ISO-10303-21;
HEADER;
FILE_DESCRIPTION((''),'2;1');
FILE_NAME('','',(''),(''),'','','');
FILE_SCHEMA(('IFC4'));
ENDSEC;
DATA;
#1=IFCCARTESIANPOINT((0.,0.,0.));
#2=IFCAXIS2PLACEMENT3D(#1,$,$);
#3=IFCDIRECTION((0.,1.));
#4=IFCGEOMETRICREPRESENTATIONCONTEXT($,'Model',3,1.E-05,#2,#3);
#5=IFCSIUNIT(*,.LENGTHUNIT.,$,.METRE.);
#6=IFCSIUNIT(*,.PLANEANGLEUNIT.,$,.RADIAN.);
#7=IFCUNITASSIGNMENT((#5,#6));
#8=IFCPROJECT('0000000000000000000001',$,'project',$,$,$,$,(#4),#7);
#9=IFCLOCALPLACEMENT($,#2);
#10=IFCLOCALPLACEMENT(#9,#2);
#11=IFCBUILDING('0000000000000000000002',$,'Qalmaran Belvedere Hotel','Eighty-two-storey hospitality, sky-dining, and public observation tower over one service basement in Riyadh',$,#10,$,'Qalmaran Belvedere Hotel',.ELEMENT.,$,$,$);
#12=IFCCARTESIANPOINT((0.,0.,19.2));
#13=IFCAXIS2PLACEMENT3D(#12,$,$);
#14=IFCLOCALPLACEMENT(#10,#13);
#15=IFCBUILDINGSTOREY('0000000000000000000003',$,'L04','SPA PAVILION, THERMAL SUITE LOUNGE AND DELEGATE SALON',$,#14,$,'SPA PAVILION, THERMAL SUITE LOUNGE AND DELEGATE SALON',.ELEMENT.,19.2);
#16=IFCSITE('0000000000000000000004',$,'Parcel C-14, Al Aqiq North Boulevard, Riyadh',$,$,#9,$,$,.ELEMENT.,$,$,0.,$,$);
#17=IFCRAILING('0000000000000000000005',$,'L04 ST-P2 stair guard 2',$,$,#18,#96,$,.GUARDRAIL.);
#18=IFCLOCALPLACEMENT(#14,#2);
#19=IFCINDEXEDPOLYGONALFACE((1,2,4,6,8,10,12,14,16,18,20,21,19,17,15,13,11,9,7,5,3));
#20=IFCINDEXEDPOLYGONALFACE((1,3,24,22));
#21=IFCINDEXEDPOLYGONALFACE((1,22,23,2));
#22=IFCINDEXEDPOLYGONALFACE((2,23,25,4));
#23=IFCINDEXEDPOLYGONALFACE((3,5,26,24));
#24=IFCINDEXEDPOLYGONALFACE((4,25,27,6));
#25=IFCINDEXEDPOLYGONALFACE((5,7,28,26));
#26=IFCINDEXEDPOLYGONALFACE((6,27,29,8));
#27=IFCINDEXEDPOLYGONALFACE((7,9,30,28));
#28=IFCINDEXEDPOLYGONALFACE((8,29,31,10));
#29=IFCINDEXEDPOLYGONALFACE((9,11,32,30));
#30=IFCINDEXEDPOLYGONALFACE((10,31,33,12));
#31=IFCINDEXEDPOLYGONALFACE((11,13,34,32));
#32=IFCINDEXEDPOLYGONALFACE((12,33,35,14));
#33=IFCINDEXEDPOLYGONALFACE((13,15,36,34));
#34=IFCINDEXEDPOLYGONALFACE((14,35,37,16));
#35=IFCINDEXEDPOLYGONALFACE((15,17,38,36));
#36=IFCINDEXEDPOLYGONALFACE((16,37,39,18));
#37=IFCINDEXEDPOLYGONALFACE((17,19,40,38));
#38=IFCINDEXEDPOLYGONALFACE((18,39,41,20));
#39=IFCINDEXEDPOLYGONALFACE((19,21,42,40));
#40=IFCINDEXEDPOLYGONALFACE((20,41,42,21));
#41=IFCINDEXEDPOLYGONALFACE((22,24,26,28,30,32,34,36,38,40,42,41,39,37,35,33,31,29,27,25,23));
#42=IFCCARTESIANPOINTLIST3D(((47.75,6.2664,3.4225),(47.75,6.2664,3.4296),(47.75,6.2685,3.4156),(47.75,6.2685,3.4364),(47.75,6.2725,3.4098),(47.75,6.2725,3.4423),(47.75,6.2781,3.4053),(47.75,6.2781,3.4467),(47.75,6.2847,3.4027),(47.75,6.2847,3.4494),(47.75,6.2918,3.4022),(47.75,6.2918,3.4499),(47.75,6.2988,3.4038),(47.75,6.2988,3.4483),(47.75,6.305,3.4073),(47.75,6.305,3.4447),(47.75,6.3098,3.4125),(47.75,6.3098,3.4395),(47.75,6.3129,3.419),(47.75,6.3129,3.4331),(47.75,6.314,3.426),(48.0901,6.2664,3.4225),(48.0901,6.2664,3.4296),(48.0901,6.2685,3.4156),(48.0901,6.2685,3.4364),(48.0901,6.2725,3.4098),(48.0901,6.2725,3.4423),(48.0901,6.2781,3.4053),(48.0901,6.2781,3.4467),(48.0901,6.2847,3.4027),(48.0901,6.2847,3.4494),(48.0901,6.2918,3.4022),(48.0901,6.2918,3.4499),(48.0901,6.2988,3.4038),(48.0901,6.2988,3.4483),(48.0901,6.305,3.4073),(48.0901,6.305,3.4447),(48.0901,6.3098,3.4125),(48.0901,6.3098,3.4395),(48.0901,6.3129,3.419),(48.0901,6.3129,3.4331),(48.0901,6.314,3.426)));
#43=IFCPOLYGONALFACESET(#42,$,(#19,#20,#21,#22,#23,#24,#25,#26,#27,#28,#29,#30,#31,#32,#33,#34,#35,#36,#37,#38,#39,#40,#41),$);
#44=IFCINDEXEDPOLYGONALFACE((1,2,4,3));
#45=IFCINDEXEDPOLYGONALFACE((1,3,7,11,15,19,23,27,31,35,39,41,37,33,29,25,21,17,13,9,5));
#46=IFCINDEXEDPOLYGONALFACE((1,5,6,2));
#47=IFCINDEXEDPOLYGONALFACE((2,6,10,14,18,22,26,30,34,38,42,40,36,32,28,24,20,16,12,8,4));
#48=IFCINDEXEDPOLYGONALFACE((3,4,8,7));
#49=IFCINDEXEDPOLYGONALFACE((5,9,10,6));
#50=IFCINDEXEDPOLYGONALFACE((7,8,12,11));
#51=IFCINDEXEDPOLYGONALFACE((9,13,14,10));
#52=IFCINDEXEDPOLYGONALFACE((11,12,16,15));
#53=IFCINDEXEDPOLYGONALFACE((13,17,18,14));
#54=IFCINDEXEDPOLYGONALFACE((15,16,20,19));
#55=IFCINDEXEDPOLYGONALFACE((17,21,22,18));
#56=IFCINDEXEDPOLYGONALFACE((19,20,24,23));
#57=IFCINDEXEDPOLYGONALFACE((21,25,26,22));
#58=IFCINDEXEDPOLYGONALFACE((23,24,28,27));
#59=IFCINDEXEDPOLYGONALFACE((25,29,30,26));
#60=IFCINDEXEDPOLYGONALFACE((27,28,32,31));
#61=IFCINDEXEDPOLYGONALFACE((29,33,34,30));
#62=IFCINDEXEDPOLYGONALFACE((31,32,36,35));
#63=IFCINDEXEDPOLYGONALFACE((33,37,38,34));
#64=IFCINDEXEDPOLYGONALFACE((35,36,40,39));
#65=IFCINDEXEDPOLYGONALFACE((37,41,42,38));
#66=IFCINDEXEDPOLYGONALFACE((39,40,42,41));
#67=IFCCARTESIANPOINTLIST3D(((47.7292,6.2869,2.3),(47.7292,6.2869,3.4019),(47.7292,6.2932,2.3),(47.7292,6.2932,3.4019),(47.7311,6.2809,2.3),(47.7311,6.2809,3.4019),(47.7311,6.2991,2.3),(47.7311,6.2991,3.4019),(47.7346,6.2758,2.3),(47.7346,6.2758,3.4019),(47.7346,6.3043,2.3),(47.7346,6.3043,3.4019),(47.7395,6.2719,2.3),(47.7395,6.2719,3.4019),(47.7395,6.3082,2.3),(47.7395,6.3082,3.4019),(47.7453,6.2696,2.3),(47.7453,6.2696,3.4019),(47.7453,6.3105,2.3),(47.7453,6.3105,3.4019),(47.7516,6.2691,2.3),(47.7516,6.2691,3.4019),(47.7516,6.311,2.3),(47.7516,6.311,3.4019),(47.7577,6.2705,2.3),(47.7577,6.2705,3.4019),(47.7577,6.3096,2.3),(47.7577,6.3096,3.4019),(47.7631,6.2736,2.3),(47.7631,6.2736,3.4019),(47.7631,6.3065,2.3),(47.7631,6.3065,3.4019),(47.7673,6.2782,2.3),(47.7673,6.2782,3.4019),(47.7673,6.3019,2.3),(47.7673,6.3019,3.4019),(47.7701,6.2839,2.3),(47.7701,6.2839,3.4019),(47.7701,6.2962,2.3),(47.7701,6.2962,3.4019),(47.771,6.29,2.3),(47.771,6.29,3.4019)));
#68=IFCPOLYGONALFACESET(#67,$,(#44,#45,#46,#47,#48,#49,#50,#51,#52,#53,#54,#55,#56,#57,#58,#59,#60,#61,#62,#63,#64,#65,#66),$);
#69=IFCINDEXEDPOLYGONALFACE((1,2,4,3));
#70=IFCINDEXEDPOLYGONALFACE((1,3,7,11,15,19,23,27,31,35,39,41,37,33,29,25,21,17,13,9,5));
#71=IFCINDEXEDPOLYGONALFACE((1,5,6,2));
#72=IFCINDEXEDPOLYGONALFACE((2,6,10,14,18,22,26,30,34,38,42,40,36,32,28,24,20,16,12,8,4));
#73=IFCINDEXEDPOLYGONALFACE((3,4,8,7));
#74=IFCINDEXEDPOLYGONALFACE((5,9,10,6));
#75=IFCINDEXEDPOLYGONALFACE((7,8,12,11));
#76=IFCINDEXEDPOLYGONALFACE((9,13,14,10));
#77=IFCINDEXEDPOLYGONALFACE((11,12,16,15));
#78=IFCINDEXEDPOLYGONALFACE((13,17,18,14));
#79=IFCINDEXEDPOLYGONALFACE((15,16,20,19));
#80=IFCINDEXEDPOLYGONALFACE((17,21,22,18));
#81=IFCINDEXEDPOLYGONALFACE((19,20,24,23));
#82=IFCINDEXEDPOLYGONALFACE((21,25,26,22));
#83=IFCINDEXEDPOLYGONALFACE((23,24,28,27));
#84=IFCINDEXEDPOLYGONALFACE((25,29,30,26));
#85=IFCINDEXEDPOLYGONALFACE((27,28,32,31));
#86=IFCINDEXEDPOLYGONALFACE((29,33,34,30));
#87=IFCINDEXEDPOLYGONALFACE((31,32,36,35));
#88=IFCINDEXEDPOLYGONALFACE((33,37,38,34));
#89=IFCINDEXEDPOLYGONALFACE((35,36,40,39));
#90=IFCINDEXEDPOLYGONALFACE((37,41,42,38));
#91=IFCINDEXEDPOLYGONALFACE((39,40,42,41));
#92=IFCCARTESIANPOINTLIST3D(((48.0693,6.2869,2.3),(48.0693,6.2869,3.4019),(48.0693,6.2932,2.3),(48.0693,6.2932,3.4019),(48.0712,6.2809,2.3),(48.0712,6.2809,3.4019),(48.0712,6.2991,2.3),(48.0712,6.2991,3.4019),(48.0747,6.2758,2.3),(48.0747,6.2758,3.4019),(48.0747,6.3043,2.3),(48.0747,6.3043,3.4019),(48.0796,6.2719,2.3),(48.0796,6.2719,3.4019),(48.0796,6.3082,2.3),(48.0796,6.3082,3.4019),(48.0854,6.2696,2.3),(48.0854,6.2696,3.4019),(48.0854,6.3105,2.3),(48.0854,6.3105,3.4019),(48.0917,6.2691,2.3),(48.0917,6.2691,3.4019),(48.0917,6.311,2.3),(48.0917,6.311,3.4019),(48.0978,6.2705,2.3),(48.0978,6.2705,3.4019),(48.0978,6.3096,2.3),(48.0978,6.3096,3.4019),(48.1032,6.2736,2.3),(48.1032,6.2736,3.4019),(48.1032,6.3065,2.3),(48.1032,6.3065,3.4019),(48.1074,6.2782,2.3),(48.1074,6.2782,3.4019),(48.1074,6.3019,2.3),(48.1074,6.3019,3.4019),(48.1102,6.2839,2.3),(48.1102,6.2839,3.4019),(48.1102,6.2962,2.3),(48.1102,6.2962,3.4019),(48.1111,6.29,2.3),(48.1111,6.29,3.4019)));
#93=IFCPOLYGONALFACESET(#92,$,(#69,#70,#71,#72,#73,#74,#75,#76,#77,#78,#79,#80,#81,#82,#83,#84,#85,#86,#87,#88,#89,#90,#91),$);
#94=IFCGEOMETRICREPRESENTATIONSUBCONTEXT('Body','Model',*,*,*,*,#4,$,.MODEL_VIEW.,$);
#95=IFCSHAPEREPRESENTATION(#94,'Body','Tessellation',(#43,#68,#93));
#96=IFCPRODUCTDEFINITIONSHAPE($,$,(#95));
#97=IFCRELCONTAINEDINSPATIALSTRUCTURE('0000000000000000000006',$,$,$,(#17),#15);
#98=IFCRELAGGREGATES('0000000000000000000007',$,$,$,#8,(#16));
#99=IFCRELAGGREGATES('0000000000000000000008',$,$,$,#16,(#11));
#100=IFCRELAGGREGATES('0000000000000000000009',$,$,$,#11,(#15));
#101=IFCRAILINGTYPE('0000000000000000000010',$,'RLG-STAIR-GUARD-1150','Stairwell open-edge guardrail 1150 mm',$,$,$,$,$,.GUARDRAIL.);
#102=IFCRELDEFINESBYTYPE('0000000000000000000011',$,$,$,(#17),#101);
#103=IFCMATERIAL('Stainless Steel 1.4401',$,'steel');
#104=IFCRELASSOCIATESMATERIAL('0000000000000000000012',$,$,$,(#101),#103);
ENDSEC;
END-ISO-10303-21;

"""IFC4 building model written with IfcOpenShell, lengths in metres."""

from ifc_helpers import new_model, si_unit, direction, frame, origin, origin_2d, place, context, subcontext, project, spatial, circle, extrude, material, type_object, element, save


model = new_model("IFC4")

# Units and contexts
model_context = context("Model", 3, precision=1e-05, world=origin(), true_north=direction((0.0, 1.0)))
body_context = subcontext(model_context, "Body", "Model", "MODEL_VIEW")
ifc_project = project(units=[si_unit("LENGTHUNIT", "METRE"), si_unit("PLANEANGLEUNIT", "RADIAN")], contexts=[model_context])

# Site, building, storey
site_placement = place(None, origin())
site = spatial("IfcSite", under=ifc_project, at=site_placement, Name="Parcel C-14, Al Aqiq North Boulevard, Riyadh", CompositionType="ELEMENT", RefElevation=0.0)
building_placement = place(site_placement, origin())
building = spatial("IfcBuilding", under=site, at=building_placement, Name="Qalmaran Belvedere Hotel", Description="Eighty-two-storey hospitality, sky-dining, and public observation tower over one service basement in Riyadh", LongName="Qalmaran Belvedere Hotel", CompositionType="ELEMENT")
storey_placement = place(building_placement, frame((0.0, 0.0, 19.2)))
storey = spatial("IfcBuildingStorey", under=building, at=storey_placement, Name="L04", Description="SPA PAVILION, THERMAL SUITE LOUNGE AND DELEGATE SALON", LongName="SPA PAVILION, THERMAL SUITE LOUNGE AND DELEGATE SALON", CompositionType="ELEMENT", Elevation=19.2)

# Railing
ifc_material_1 = material(Name="Stainless Steel 1.4401", Category="steel")
railing_type_1 = type_object("IfcRailingType", Name="RLG-STAIR-GUARD-1150", Description="Stairwell open-edge guardrail 1150 mm", PredefinedType="GUARDRAIL", material=ifc_material_1)
railing_1_placement = place(storey_placement, frame((47.75, 6.29, 2.3)))
element("IfcRailing", 1, at=railing_1_placement, inside=storey, type_object=railing_type_1, Name="L04 ST-P2 stair guard 2", PredefinedType="GUARDRAIL", context=body_context, shape_type="SweptSolid", body=[
    extrude(circle(Radius=0.0239, at=origin_2d()), frame((0.0, 0.0, 1.126), z_axis=(1.0, 0.0, 0.0), x_axis=(0.0, 1.0, 0.0)), (0.0, 0.0, 1.0), 0.3401),
    extrude(circle(Radius=0.021, at=origin_2d()), origin(), (0.0, 0.0, 1.0), 1.1018),
    extrude(circle(Radius=0.021, at=origin_2d()), frame((0.3401, 0.0, 0.0)), (0.0, 0.0, 1.0), 1.1018),
])

save(model, "model.ifc")
